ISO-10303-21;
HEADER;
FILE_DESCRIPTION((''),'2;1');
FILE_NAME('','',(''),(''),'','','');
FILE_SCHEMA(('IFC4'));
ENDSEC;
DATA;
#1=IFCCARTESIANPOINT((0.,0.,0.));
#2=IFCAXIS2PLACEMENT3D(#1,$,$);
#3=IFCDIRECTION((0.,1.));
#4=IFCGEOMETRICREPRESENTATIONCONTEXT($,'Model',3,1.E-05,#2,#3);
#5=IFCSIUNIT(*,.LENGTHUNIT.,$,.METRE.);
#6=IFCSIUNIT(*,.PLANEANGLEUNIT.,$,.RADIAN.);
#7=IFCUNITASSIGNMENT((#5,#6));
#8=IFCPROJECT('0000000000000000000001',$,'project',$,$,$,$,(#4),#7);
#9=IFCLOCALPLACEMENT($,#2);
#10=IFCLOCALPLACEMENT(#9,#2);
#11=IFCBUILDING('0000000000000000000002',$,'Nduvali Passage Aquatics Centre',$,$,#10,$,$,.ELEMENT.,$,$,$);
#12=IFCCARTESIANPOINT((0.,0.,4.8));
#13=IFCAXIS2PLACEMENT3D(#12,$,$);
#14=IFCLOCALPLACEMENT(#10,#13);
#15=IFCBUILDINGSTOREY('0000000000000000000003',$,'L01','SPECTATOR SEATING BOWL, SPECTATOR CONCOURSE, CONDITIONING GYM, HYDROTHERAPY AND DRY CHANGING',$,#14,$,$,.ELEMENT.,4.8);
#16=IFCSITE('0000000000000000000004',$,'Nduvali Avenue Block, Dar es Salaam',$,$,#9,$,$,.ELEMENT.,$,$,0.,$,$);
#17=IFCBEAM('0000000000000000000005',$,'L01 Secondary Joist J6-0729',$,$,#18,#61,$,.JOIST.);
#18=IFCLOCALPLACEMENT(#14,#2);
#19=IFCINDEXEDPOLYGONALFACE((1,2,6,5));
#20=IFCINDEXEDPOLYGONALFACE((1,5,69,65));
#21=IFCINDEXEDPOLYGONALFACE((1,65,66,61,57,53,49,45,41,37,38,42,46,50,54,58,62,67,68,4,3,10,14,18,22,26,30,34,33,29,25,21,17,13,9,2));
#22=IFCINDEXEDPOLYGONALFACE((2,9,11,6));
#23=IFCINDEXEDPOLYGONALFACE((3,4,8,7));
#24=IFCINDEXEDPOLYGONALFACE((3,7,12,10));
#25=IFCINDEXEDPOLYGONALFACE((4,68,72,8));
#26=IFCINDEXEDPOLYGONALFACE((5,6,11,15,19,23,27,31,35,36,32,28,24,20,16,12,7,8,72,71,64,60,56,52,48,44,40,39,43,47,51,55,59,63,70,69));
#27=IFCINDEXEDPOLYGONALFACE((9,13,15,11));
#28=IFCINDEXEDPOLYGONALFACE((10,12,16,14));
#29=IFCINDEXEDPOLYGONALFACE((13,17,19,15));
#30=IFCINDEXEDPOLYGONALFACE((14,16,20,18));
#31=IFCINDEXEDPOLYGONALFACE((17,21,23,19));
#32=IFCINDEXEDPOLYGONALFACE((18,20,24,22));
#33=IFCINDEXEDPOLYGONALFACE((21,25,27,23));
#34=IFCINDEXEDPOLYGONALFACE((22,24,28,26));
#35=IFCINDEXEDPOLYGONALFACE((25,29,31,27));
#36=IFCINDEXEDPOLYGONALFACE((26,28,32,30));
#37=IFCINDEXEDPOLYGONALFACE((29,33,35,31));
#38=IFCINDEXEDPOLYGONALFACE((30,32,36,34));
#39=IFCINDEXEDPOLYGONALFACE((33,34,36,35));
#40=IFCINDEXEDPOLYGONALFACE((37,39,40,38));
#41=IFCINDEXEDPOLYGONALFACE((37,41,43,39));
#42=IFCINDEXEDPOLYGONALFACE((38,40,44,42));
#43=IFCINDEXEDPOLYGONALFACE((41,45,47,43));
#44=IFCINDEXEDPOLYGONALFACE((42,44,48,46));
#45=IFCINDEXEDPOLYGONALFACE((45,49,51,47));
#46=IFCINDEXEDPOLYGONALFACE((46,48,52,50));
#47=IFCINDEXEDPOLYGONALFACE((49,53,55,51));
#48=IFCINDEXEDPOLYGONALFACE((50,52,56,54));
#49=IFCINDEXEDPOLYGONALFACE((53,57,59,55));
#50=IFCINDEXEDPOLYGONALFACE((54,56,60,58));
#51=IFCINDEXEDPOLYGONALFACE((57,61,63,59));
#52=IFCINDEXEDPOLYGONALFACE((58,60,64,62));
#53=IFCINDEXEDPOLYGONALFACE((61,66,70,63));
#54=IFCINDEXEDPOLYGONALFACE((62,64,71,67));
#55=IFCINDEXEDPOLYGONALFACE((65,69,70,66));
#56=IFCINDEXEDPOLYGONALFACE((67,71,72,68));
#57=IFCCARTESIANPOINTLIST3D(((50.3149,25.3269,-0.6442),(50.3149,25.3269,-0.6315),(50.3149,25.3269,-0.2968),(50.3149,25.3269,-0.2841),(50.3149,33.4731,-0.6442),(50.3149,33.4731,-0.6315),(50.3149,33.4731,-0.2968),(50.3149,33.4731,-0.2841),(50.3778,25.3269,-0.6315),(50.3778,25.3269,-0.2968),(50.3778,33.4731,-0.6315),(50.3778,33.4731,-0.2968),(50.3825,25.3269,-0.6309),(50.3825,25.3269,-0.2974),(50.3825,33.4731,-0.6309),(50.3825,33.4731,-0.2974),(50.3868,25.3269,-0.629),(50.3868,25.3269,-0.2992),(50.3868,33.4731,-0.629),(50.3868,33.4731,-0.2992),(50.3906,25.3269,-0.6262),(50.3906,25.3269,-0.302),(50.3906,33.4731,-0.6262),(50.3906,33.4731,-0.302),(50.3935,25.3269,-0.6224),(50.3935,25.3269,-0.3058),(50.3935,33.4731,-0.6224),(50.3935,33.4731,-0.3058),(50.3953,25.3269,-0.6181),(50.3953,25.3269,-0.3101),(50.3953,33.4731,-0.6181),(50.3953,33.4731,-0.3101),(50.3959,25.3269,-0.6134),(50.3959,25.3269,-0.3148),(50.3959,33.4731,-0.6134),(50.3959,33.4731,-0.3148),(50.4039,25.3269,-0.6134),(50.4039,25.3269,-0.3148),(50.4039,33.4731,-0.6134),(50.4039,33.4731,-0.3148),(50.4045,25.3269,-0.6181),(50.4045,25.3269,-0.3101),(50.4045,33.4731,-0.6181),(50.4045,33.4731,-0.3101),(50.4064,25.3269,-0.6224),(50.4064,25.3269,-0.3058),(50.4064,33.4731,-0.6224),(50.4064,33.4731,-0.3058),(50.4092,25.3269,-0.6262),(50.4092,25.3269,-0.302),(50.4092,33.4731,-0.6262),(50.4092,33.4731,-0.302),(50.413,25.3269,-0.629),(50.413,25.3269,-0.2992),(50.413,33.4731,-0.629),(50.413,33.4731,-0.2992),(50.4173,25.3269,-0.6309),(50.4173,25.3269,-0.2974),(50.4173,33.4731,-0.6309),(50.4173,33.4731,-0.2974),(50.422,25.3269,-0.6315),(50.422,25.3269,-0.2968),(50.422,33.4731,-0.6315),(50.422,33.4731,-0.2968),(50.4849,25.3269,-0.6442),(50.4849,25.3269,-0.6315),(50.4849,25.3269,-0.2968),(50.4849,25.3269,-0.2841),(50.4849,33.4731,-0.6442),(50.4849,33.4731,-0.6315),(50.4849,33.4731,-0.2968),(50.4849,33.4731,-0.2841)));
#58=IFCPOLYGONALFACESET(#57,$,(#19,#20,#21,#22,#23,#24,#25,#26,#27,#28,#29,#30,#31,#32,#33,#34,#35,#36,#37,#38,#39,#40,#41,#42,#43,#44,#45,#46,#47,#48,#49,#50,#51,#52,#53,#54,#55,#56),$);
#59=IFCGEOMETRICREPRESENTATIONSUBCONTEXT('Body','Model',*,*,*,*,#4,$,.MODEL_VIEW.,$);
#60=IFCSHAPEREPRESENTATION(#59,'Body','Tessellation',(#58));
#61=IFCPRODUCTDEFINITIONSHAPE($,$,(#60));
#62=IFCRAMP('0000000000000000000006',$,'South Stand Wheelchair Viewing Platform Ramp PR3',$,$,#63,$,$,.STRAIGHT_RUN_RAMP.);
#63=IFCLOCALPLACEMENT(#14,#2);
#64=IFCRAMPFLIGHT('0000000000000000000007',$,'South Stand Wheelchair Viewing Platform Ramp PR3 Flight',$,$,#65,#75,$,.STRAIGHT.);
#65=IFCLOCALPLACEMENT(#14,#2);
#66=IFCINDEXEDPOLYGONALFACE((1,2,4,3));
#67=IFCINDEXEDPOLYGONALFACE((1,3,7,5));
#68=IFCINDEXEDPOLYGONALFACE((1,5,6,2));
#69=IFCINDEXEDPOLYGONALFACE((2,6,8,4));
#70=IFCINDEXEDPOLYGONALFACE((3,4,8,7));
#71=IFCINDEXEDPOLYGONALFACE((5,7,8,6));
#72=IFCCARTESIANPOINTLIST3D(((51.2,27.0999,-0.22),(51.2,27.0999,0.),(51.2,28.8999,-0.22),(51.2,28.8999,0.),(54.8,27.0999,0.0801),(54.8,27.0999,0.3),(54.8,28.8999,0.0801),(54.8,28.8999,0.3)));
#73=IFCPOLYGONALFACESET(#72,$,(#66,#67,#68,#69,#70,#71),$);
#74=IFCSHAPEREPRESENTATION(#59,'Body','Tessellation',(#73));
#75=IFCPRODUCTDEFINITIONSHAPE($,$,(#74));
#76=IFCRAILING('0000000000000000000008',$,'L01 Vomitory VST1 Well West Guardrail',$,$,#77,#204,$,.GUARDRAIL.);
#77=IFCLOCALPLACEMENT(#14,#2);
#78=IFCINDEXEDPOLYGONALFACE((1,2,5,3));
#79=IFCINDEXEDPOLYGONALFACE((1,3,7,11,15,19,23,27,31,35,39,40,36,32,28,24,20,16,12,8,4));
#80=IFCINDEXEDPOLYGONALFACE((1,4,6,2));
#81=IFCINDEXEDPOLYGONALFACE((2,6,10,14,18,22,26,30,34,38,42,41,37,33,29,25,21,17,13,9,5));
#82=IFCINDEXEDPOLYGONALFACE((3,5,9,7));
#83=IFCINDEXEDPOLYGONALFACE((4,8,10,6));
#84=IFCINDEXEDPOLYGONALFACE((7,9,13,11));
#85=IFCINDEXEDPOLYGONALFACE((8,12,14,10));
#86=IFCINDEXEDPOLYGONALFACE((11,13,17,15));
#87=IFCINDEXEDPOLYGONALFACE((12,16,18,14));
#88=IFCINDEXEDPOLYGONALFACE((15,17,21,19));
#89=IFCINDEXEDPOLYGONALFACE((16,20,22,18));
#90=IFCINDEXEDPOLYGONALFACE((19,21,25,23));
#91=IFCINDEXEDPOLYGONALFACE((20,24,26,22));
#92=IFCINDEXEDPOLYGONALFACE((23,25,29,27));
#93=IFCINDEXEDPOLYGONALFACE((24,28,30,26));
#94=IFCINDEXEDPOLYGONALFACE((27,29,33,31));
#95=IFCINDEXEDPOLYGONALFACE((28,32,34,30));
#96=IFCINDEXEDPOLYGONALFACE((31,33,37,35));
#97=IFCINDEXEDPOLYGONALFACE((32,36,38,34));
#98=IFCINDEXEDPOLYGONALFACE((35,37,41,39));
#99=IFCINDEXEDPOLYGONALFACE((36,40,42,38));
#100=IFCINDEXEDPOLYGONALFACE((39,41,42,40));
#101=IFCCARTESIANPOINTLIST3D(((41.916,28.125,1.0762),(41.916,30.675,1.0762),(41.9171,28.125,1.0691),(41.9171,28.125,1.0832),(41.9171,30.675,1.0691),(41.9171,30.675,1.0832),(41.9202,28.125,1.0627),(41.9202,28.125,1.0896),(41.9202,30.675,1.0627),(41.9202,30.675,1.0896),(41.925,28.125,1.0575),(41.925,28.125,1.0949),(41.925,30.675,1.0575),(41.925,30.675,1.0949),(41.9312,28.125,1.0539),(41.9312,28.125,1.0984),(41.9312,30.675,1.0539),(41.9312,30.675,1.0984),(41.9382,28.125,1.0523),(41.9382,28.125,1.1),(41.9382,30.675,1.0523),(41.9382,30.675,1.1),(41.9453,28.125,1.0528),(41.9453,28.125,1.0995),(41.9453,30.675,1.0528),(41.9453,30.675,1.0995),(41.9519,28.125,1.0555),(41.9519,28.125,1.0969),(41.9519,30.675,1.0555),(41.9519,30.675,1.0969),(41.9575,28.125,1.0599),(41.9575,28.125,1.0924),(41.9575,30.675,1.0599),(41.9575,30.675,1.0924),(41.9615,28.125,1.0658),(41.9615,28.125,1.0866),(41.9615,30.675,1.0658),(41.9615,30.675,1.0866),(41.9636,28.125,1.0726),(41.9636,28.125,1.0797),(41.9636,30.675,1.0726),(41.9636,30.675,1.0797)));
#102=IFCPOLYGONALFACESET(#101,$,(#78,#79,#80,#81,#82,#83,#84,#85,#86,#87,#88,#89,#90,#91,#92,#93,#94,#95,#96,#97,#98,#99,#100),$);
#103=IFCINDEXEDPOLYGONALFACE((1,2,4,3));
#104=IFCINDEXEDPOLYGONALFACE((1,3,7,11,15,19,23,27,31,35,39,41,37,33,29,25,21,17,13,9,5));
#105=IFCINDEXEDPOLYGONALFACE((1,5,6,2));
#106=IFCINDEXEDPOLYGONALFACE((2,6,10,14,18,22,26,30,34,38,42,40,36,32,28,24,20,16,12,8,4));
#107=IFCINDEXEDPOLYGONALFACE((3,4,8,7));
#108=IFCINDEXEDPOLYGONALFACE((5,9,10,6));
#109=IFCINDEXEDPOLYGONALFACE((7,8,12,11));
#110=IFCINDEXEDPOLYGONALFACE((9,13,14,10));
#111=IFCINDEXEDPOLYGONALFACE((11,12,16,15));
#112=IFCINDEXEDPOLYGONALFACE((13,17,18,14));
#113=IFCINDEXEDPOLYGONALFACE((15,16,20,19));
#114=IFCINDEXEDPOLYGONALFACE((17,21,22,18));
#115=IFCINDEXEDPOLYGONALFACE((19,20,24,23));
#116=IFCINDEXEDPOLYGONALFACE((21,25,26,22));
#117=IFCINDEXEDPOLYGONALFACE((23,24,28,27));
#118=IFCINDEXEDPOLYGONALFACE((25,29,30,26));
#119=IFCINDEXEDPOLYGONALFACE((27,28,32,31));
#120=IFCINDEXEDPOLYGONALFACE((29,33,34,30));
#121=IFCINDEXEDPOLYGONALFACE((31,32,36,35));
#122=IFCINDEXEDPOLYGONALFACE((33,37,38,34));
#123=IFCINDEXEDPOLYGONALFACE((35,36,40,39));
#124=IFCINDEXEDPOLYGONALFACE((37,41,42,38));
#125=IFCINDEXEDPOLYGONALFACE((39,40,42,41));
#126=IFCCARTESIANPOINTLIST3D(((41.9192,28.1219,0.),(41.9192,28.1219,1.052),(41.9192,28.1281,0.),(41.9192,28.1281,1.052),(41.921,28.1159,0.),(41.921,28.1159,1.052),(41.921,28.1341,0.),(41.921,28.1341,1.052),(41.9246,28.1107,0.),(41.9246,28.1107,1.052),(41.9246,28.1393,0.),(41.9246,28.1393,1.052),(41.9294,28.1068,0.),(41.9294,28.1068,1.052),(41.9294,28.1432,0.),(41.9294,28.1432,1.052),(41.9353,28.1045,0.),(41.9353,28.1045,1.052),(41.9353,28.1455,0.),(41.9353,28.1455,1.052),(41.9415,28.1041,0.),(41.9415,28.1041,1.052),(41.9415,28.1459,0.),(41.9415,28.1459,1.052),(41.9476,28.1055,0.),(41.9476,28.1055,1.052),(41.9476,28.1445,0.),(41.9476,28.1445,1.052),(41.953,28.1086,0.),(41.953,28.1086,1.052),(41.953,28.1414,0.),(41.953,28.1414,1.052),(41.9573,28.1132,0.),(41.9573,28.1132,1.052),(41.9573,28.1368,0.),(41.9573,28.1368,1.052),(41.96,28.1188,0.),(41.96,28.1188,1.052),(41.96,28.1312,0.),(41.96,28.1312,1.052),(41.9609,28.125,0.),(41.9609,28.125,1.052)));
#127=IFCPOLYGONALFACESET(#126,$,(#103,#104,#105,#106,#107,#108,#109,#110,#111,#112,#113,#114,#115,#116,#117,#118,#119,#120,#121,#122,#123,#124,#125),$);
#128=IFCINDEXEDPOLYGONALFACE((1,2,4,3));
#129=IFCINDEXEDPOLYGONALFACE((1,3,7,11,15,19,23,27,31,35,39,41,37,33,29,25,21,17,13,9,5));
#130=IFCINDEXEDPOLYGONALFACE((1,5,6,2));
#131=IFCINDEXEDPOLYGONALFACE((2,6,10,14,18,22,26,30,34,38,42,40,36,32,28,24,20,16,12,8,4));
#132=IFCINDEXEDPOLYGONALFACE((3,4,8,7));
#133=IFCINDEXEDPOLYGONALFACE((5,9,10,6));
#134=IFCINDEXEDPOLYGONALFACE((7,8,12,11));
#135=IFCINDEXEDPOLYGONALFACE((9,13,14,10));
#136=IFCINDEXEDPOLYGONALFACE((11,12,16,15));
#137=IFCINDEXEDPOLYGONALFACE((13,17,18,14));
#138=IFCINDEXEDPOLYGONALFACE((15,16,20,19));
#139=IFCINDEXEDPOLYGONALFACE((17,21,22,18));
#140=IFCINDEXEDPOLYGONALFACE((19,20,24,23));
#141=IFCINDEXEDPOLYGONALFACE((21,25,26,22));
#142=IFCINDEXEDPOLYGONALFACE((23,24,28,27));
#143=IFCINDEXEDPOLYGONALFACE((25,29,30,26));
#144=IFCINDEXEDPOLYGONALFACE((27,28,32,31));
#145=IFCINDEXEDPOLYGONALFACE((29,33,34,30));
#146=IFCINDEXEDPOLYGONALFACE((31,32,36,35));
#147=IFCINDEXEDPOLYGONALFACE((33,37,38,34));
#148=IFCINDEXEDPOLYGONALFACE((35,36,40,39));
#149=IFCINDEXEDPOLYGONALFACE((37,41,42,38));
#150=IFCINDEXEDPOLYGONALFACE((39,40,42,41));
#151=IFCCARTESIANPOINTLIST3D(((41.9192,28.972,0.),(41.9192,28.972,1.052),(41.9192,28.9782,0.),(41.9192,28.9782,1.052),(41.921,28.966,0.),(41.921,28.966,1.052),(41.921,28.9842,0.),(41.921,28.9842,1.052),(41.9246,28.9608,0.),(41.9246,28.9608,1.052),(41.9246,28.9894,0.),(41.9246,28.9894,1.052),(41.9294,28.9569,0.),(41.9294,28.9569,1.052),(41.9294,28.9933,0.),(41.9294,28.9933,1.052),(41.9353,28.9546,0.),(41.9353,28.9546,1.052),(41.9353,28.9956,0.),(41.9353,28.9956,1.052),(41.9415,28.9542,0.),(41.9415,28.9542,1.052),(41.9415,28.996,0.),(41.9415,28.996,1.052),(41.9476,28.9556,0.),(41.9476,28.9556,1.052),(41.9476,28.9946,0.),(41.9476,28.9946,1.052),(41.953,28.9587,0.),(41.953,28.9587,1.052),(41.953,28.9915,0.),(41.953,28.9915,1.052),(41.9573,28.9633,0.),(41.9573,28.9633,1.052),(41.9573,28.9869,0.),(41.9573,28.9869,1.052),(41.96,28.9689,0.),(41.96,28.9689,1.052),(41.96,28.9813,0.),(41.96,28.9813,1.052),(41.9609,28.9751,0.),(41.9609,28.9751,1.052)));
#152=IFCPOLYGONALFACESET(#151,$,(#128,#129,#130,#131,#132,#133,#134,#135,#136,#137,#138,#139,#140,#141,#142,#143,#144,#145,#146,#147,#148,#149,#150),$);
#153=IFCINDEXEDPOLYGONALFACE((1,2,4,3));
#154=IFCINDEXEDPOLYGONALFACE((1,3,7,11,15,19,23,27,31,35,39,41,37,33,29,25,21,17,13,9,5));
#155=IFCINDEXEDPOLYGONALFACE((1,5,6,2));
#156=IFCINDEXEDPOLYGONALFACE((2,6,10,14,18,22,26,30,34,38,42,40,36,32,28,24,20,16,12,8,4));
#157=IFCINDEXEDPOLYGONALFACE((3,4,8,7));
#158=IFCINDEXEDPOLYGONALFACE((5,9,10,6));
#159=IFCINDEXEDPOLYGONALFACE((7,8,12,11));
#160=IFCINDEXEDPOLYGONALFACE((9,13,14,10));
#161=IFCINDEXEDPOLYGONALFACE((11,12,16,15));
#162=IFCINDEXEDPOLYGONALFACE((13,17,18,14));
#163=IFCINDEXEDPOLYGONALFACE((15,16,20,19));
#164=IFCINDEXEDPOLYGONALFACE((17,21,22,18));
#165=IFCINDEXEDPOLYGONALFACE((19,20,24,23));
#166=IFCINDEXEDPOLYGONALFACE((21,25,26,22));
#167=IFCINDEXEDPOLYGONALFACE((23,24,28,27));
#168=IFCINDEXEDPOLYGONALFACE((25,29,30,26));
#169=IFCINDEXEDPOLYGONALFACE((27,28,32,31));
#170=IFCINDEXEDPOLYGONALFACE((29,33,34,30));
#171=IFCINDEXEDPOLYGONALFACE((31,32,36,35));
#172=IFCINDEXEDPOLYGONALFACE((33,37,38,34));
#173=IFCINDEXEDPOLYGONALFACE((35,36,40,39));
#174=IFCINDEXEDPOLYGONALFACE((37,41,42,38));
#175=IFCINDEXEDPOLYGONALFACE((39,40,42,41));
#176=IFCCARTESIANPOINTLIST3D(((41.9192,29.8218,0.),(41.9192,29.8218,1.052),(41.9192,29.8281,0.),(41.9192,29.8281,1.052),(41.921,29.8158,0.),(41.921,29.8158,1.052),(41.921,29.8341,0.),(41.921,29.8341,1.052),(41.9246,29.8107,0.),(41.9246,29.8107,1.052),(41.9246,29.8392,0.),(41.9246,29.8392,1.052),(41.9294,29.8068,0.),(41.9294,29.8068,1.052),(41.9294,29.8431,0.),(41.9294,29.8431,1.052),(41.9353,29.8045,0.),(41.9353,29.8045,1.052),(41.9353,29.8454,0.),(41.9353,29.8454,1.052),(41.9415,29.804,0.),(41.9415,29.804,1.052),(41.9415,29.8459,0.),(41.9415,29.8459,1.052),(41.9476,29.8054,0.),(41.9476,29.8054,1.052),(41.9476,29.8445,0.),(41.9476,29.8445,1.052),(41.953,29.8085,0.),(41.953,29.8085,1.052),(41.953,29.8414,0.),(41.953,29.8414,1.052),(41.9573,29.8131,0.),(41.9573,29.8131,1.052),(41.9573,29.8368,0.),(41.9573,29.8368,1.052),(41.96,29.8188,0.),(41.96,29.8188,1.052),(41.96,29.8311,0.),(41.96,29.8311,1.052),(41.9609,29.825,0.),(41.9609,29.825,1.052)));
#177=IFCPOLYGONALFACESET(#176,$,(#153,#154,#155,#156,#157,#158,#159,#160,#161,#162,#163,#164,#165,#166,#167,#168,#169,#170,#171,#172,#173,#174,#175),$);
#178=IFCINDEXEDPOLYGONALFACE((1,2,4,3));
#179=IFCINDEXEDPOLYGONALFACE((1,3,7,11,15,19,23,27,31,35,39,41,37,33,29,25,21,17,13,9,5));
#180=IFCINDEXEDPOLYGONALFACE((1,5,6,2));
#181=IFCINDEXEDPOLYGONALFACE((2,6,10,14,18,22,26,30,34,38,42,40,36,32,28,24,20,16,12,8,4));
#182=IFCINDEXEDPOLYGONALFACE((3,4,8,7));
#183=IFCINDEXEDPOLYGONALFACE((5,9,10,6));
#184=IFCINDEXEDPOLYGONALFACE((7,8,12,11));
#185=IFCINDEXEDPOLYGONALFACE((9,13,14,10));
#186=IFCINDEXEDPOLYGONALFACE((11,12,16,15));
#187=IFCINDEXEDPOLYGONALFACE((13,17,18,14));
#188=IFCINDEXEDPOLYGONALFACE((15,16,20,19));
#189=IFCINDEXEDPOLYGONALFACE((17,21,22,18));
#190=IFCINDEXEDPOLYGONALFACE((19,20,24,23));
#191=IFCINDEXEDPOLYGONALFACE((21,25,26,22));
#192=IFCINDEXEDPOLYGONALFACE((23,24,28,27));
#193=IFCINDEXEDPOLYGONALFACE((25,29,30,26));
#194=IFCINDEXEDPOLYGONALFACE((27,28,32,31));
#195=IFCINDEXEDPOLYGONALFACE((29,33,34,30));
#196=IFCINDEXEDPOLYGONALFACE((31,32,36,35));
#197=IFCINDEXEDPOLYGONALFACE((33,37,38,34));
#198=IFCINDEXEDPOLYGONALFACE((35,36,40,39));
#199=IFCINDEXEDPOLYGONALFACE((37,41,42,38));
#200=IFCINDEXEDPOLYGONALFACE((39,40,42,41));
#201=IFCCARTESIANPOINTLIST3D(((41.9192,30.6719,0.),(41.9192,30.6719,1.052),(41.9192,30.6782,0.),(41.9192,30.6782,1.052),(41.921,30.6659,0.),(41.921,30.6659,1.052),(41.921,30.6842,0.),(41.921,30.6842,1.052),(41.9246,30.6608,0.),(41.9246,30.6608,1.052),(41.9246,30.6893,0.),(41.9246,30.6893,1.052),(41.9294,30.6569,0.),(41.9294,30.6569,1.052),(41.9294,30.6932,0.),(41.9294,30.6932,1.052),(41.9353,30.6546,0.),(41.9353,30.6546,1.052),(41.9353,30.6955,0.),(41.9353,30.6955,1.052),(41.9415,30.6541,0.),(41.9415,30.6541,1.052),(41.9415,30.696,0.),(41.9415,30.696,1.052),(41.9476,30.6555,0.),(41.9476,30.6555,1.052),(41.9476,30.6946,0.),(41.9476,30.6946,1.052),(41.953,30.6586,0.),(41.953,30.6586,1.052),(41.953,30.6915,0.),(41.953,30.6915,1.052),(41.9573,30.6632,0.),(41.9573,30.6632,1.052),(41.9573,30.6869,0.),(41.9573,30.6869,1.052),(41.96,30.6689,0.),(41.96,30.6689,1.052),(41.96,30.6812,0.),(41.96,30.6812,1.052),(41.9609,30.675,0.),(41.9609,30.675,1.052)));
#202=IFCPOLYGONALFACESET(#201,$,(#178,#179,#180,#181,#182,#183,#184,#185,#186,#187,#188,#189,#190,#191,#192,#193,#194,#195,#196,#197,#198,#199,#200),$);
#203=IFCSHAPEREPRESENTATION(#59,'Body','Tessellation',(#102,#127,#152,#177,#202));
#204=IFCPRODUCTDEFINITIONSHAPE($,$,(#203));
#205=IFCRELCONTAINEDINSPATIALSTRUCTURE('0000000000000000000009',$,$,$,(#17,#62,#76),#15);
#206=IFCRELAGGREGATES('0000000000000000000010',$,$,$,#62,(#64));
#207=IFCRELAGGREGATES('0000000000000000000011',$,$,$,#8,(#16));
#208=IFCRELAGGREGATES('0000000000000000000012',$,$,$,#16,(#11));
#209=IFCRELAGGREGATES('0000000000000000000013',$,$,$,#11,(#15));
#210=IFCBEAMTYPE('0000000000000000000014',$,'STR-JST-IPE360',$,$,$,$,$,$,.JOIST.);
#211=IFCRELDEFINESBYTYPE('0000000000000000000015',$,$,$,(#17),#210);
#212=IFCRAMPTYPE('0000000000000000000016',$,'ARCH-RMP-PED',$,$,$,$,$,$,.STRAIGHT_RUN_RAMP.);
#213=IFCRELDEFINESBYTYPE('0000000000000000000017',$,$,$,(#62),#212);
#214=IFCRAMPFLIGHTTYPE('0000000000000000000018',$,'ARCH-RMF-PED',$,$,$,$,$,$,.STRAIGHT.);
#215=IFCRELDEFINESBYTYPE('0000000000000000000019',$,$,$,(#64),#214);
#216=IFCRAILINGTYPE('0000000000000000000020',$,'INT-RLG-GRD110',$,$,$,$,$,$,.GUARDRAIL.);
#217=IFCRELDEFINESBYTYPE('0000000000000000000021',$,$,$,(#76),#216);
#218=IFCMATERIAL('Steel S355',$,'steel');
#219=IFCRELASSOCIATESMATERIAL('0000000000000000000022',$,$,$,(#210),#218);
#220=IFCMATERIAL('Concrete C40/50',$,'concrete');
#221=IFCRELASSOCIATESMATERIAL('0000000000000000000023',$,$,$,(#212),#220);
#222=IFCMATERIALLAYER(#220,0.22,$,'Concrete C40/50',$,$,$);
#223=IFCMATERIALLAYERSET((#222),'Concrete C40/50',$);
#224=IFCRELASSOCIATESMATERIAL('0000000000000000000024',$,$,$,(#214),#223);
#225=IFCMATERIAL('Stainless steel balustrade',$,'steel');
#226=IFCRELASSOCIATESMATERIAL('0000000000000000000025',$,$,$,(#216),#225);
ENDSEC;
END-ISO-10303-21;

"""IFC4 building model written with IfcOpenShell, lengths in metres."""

from ifc_helpers import new_model, si_unit, direction, frame, origin, origin_2d, place, context, subcontext, project, spatial, polyline, circle, i_section, outline, extrude, material, layer, layer_set, material_profile, profile_set, type_object, element, aggregate, save


model = new_model("IFC4")

# Units and contexts
model_context = context("Model", 3, precision=1e-05, world=origin(), true_north=direction((0.0, 1.0)))
body_context = subcontext(model_context, "Body", "Model", "MODEL_VIEW")
ifc_project = project(units=[si_unit("LENGTHUNIT", "METRE"), si_unit("PLANEANGLEUNIT", "RADIAN")], contexts=[model_context])

# Site, building, storey
site_placement = place(None, origin())
site = spatial("IfcSite", under=ifc_project, at=site_placement, Name="Nduvali Avenue Block, Dar es Salaam", CompositionType="ELEMENT", RefElevation=0.0)
building_placement = place(site_placement, origin())
building = spatial("IfcBuilding", under=site, at=building_placement, Name="Nduvali Passage Aquatics Centre", CompositionType="ELEMENT")
storey_placement = place(building_placement, frame((0.0, 0.0, 4.8)))
storey = spatial("IfcBuildingStorey", under=building, at=storey_placement, Name="L01", Description="SPECTATOR SEATING BOWL, SPECTATOR CONCOURSE, CONDITIONING GYM, HYDROTHERAPY AND DRY CHANGING", CompositionType="ELEMENT", Elevation=4.8)

# Beam
ifc_material_1 = material(Name="Concrete C40/50", Category="concrete")
ifc_material_2 = material(Name="Steel S355", Category="steel")
ifc_material_profile_1 = material_profile(ifc_material_2, i_section(OverallWidth=0.1699, OverallDepth=0.3601, WebThickness=0.0081, FlangeThickness=0.0127, FilletRadius=0.0181, at=origin_2d()), Name="IPE 360")
ifc_profile_set_1 = profile_set([ifc_material_profile_1], Name="Steel S355")
beam_type_1 = type_object("IfcBeamType", Name="STR-JST-IPE360", PredefinedType="JOIST", material=ifc_profile_set_1)
beam_1_placement = place(storey_placement, frame((50.3999, 25.3269, -0.4641), z_axis=(0.0, 1.0, 0.0), x_axis=(-1.0, 0.0, 0.0)))
element("IfcBeam", 1, at=beam_1_placement, inside=storey, type_object=beam_type_1, Name="L01 Secondary Joist J6-0729", PredefinedType="JOIST", context=body_context, shape_type="SweptSolid", body=[
    extrude(i_section(OverallWidth=0.1699, OverallDepth=0.3601, WebThickness=0.0081, FlangeThickness=0.0127, FilletRadius=0.0181, at=origin_2d()), origin(), (0.0, 0.0, 1.0), 8.1462),
])

# Ramp, ramp flight
ramp_type = type_object("IfcRampType", Name="ARCH-RMP-PED", PredefinedType="STRAIGHT_RUN_RAMP", material=ifc_material_1)
ramp_placement = place(storey_placement, origin())
ramp = element("IfcRamp", 2, at=ramp_placement, inside=storey, type_object=ramp_type, Name="South Stand Wheelchair Viewing Platform Ramp PR3", PredefinedType="STRAIGHT_RUN_RAMP")
ifc_layer = layer(ifc_material_1, 0.22, Name="Concrete C40/50")
ifc_layer_set = layer_set([ifc_layer], Name="Concrete C40/50")
ramp_flight_type = type_object("IfcRampFlightType", Name="ARCH-RMF-PED", PredefinedType="STRAIGHT", material=ifc_layer_set)
ramp_flight_placement = place(storey_placement, frame((51.2, 28.0, 0.0), z_axis=(0.0, 0.0, 1.0), x_axis=(1.0, 0.0, 0.0)))
ramp_flight = element("IfcRampFlight", 3, at=ramp_flight_placement, type_object=ramp_flight_type, Name="South Stand Wheelchair Viewing Platform Ramp PR3 Flight", PredefinedType="STRAIGHT", context=body_context, shape_type="SweptSolid", body=[
    extrude(outline(polyline([(0.0, -0.22), (3.6001, 0.0801), (3.6001, 0.3), (0.0, 0.0), (0.0, -0.22)])), frame((0.0, 0.8999, 0.0), z_axis=(0.0, -1.0, 0.0), x_axis=(1.0, 0.0, 0.0)), (0.0, 0.0, 1.0), 1.8),
])
aggregate(ramp, [ramp_flight])

# Railing
ifc_material_3 = material(Name="Stainless steel balustrade", Category="steel")
railing_type_1 = type_object("IfcRailingType", Name="INT-RLG-GRD110", PredefinedType="GUARDRAIL", material=ifc_material_3)
railing_1_placement = place(storey_placement, frame((41.9399, 28.125, 0.0)))
element("IfcRailing", 4, at=railing_1_placement, inside=storey, type_object=railing_type_1, Name="L01 Vomitory VST1 Well West Guardrail", PredefinedType="GUARDRAIL", context=body_context, shape_type="SweptSolid", body=[
    extrude(circle(Radius=0.0239, at=origin_2d()), frame((0.0, 0.0, 1.0762), z_axis=(0.0, 1.0, 0.0), x_axis=(-1.0, 0.0, 0.0)), (0.0, 0.0, 1.0), 2.55),
    extrude(circle(Radius=0.021, at=origin_2d()), origin(), (0.0, 0.0, 1.0), 1.052),
    extrude(circle(Radius=0.021, at=origin_2d()), frame((0.0, 0.8501, 0.0)), (0.0, 0.0, 1.0), 1.052),
    extrude(circle(Radius=0.021, at=origin_2d()), frame((0.0, 1.7, 0.0)), (0.0, 0.0, 1.0), 1.052),
    extrude(circle(Radius=0.021, at=origin_2d()), frame((0.0, 2.55, 0.0)), (0.0, 0.0, 1.0), 1.052),
])

save(model, "model.ifc")
